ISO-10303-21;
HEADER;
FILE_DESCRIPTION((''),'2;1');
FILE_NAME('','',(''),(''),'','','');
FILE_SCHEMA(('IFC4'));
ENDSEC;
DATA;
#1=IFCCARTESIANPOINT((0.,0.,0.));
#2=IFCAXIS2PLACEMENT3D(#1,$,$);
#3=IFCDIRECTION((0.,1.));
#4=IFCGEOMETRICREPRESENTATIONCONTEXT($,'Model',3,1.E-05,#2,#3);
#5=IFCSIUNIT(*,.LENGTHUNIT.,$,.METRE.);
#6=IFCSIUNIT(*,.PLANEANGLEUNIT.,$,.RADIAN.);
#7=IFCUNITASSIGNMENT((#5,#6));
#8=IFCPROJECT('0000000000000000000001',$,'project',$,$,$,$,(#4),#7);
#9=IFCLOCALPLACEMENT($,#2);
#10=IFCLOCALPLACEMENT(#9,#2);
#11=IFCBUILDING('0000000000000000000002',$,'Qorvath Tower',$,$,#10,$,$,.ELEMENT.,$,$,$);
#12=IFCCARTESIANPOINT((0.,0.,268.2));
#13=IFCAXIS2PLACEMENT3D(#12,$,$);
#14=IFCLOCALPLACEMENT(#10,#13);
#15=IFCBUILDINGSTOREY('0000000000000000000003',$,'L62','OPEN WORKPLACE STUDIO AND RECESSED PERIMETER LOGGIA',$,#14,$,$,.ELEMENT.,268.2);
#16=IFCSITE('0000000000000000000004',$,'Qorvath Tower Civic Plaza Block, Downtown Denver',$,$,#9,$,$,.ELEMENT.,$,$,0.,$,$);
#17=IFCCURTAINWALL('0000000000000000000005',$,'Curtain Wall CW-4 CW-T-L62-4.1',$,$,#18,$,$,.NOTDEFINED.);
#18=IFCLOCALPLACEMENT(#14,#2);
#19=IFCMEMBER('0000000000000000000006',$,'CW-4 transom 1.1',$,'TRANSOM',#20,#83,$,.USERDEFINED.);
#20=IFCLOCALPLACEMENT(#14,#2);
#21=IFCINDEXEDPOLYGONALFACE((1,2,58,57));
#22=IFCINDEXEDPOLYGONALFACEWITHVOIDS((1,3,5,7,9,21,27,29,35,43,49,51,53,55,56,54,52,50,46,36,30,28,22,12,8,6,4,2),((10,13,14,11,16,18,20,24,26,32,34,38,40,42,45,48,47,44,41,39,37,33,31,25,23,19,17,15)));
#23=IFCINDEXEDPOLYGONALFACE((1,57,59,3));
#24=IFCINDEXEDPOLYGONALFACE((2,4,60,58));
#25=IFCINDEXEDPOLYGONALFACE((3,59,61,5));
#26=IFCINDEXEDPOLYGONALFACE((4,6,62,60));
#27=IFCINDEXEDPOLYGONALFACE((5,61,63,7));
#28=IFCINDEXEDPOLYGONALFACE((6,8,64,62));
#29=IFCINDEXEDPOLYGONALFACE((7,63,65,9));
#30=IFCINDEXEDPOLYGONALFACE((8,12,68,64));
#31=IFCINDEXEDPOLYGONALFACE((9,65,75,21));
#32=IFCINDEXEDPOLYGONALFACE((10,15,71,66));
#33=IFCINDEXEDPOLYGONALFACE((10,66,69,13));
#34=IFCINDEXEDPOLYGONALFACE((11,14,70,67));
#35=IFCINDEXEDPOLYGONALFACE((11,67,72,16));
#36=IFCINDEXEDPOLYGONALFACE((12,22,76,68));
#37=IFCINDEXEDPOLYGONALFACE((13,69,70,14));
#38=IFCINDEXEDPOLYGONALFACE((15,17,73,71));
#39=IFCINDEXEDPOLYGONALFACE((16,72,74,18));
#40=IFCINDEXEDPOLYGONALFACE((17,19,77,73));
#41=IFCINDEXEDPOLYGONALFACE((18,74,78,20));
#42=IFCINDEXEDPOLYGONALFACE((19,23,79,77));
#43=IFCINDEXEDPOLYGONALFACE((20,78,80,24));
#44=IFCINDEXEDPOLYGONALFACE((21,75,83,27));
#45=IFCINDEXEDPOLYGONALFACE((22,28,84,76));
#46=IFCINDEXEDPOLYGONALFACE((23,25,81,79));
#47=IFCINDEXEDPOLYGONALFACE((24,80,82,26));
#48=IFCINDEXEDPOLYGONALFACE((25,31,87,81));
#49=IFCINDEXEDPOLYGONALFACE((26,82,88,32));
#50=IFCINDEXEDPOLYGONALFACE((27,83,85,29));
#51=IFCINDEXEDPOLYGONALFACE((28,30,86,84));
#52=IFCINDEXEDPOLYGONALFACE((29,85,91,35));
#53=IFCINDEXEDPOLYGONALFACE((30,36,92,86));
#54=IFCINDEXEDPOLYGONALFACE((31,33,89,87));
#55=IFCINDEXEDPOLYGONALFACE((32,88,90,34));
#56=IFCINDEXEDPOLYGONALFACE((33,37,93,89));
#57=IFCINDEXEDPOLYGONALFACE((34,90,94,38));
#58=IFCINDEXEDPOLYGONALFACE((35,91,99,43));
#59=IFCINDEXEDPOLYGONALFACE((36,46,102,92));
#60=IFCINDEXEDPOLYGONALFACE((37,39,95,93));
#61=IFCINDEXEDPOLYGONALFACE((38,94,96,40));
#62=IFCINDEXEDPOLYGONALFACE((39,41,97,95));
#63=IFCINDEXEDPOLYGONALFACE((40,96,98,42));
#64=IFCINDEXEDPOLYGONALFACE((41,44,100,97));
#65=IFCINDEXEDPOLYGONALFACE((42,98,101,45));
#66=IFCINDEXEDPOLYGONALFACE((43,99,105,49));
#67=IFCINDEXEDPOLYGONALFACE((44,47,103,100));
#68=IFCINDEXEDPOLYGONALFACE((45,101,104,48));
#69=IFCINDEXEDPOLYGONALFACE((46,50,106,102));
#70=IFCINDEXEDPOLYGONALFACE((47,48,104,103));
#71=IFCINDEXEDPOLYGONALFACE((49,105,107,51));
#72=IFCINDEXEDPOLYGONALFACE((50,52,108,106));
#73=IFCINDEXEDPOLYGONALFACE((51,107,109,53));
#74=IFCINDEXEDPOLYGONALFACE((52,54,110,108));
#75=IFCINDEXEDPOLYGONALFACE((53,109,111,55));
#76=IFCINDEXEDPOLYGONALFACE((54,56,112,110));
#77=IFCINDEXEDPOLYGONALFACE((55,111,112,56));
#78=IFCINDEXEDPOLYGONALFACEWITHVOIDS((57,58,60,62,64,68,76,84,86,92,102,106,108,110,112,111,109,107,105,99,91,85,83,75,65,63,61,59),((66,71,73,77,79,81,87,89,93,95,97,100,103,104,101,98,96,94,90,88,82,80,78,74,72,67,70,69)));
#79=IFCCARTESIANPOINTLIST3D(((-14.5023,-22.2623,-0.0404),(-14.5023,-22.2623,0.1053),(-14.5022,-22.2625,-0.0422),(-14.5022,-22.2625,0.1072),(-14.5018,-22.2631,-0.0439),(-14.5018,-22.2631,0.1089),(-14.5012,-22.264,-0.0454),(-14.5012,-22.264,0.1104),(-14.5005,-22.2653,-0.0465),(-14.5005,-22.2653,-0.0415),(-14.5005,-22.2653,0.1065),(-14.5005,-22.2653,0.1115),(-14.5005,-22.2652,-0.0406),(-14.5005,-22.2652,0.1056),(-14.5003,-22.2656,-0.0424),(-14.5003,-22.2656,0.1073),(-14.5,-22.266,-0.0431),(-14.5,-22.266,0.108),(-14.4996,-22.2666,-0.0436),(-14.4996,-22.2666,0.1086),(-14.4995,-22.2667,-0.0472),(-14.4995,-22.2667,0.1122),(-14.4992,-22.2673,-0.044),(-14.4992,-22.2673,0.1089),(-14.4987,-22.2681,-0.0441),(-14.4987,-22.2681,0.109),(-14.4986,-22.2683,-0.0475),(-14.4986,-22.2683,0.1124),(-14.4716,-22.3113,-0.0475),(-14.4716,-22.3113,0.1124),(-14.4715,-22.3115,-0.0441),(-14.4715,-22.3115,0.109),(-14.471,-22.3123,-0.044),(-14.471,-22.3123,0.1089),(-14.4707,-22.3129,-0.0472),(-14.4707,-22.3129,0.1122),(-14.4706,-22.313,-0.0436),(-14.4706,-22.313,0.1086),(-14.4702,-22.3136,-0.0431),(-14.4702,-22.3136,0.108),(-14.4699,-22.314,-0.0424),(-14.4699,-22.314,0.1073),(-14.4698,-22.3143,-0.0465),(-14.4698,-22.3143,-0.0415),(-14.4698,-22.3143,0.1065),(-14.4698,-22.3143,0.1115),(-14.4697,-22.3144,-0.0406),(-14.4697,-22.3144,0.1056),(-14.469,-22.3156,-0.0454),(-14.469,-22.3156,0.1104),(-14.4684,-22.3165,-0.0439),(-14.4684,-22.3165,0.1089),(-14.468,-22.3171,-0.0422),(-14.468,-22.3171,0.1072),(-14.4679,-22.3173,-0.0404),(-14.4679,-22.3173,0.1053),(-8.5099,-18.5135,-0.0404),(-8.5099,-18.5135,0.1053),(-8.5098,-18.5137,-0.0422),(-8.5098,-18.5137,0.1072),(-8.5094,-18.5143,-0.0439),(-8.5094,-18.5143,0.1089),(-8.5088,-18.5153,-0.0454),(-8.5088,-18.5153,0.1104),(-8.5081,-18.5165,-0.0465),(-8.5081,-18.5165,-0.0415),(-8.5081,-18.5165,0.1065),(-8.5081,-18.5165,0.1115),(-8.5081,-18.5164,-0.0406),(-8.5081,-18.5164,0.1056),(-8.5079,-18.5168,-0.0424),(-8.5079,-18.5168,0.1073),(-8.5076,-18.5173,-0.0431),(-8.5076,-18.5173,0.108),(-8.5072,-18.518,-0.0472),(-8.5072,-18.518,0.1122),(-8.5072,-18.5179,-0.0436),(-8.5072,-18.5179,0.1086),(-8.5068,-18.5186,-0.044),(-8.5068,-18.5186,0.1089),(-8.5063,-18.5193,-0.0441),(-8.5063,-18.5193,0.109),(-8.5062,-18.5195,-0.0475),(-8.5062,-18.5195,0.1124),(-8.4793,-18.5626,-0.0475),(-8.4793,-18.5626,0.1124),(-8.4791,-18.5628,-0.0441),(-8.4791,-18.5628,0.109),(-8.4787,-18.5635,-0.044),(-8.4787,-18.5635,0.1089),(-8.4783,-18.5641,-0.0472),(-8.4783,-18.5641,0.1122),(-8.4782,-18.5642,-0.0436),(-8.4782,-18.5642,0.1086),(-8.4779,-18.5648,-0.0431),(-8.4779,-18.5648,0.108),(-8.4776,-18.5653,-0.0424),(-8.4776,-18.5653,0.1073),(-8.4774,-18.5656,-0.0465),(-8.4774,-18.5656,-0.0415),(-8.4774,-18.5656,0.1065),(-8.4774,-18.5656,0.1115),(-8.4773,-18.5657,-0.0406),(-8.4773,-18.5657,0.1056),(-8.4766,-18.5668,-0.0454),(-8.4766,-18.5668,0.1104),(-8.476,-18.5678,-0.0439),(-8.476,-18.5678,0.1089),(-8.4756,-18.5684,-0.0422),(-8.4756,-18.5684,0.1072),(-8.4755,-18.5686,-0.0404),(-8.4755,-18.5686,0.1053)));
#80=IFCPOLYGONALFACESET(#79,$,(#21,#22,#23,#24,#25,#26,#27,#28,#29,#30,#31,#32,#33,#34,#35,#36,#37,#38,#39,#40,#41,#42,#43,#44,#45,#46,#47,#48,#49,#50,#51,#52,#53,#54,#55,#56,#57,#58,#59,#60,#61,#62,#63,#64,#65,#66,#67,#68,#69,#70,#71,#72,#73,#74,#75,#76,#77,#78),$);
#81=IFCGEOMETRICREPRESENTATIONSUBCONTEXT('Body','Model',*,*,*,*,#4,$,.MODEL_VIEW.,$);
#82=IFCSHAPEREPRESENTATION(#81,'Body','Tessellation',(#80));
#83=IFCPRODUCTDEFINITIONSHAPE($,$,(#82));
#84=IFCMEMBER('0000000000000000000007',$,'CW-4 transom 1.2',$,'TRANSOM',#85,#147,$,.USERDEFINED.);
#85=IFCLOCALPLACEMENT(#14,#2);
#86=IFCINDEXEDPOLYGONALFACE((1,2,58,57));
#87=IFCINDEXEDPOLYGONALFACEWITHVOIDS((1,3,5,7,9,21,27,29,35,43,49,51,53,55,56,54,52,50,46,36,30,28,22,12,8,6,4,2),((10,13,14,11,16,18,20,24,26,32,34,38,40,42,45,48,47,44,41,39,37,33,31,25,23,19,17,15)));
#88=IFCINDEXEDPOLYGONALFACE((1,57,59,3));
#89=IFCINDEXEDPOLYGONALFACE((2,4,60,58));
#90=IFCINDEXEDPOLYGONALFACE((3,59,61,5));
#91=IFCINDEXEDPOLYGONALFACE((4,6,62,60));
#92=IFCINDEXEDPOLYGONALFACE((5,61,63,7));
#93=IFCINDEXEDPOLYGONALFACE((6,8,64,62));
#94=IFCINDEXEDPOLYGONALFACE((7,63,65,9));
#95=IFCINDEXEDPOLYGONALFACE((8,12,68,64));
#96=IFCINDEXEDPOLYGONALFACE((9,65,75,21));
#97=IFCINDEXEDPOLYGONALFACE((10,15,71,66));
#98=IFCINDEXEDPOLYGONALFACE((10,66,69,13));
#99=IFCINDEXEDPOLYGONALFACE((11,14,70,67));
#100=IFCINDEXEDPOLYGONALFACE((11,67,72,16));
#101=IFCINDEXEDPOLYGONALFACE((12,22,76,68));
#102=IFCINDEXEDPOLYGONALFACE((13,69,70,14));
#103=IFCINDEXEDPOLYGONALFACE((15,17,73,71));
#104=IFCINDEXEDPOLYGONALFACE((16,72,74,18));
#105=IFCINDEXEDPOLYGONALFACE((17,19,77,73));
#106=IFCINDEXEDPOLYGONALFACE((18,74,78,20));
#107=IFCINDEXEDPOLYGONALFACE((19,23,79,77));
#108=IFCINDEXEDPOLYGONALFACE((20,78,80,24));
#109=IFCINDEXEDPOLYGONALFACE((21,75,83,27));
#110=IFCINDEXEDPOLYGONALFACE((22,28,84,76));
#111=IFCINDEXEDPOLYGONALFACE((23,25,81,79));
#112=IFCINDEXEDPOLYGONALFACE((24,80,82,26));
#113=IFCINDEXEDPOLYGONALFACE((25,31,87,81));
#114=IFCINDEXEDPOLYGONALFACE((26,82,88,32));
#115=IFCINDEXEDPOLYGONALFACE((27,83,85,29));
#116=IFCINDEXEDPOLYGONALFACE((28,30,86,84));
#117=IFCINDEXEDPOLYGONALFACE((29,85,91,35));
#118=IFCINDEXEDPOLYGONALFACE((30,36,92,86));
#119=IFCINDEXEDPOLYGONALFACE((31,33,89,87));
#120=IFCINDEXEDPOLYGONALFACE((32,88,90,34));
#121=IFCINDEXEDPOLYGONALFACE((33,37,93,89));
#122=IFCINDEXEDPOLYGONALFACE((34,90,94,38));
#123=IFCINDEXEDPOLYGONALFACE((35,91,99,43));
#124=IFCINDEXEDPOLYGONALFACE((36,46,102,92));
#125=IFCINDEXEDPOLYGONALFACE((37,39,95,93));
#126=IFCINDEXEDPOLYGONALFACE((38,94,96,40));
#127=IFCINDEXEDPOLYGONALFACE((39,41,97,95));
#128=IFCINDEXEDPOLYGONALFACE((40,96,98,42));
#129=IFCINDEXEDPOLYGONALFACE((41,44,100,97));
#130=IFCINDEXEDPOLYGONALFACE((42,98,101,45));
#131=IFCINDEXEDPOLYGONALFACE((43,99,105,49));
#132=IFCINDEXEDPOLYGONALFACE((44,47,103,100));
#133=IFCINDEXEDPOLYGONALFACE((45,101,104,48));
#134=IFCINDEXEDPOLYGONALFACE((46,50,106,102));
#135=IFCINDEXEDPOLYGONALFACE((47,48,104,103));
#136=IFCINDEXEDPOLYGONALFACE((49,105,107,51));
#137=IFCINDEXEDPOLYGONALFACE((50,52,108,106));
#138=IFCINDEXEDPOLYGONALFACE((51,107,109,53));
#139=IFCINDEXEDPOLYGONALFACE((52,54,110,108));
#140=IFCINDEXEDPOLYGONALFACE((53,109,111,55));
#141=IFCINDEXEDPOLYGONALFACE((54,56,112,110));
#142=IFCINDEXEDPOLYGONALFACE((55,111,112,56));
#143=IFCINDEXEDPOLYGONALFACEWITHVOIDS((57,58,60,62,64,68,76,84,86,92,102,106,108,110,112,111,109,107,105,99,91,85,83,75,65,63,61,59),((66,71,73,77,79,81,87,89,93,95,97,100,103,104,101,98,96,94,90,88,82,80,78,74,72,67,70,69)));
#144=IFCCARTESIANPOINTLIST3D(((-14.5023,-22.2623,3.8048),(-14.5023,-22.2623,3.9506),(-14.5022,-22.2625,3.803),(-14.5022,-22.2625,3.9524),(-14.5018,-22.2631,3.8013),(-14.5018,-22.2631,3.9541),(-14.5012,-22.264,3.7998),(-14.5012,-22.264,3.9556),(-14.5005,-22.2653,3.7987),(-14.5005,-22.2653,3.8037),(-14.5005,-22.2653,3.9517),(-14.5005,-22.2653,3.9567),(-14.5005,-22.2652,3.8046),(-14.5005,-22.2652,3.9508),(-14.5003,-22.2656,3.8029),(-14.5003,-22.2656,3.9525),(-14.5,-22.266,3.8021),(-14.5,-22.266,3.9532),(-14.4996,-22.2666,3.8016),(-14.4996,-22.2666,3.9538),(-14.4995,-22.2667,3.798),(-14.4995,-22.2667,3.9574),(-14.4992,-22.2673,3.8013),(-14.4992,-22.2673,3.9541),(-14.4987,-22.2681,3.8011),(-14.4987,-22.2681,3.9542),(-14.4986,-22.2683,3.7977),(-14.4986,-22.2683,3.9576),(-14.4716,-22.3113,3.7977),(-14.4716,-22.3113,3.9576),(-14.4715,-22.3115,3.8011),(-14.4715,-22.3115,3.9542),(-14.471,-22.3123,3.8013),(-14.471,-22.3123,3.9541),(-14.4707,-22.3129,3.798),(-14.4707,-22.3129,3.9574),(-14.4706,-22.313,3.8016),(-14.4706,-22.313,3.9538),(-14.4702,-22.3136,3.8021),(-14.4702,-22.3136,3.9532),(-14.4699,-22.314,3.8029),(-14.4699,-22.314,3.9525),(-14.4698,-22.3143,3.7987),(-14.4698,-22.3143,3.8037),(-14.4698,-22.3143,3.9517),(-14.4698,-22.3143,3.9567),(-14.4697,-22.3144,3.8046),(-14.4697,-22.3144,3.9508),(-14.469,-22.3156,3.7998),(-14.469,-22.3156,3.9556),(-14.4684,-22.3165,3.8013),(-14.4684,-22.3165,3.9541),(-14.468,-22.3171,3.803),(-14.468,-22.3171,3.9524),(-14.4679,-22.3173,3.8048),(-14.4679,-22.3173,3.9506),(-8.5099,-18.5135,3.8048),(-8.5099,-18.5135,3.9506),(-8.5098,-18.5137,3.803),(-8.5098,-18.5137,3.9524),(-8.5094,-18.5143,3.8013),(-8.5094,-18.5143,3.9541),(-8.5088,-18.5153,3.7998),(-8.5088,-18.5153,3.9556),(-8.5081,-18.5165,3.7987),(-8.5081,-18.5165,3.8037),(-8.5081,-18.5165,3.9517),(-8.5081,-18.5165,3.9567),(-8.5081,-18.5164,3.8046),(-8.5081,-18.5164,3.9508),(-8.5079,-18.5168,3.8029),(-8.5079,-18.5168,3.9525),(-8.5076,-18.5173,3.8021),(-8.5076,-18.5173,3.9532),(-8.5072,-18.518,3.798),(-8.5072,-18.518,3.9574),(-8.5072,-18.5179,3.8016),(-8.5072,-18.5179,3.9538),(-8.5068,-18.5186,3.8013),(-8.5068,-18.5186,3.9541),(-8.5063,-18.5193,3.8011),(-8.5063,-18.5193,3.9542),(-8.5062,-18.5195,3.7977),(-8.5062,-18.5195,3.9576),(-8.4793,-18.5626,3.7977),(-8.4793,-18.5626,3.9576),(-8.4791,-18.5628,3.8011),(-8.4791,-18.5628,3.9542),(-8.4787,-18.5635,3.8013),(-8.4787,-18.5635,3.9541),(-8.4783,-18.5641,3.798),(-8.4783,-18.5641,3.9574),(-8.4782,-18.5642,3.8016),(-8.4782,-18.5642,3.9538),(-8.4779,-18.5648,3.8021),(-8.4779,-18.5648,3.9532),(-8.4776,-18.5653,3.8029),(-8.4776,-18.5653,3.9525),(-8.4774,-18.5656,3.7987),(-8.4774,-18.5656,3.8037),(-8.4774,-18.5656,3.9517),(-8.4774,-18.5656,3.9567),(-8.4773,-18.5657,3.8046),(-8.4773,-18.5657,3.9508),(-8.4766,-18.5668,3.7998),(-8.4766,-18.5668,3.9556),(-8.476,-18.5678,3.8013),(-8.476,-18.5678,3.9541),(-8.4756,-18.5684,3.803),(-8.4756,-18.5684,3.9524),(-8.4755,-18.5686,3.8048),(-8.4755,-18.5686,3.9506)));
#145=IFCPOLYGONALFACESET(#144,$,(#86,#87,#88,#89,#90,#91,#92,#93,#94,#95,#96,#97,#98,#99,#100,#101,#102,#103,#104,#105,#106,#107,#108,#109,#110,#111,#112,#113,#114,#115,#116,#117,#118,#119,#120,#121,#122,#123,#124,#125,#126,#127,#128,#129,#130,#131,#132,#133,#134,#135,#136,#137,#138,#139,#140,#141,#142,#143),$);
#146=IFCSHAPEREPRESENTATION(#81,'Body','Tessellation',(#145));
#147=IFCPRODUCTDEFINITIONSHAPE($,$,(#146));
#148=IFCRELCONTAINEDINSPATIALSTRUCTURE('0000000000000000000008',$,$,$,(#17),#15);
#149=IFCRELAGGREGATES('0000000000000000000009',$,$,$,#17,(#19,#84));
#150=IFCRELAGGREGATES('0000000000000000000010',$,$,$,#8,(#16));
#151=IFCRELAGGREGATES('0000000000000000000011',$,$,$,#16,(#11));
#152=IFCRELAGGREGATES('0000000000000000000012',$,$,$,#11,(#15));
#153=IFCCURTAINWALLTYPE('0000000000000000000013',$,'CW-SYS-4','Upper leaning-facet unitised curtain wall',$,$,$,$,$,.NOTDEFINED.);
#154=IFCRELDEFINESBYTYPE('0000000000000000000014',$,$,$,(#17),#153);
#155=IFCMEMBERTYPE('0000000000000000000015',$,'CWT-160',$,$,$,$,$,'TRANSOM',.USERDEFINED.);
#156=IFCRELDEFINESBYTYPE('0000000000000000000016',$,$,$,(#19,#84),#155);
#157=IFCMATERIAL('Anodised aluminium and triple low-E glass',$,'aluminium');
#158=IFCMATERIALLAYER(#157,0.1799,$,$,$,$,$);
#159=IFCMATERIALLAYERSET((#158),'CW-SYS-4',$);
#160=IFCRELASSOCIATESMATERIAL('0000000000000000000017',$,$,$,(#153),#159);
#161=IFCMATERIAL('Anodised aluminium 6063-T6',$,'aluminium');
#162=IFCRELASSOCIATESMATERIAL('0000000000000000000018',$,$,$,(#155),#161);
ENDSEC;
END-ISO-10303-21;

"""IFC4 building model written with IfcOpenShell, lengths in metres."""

from ifc_helpers import new_model, si_unit, direction, frame, origin, origin_2d, place, context, subcontext, project, spatial, hollow_rectangle, extrude, material, layer, layer_set, material_profile, profile_set, type_object, element, aggregate, save


model = new_model("IFC4")

# Units and contexts
model_context = context("Model", 3, precision=1e-05, world=origin(), true_north=direction((0.0, 1.0)))
body_context = subcontext(model_context, "Body", "Model", "MODEL_VIEW")
ifc_project = project(units=[si_unit("LENGTHUNIT", "METRE"), si_unit("PLANEANGLEUNIT", "RADIAN")], contexts=[model_context])

# Site, building, storey
site_placement = place(None, origin())
site = spatial("IfcSite", under=ifc_project, at=site_placement, Name="Qorvath Tower Civic Plaza Block, Downtown Denver", CompositionType="ELEMENT", RefElevation=0.0)
building_placement = place(site_placement, origin())
building = spatial("IfcBuilding", under=site, at=building_placement, Name="Qorvath Tower", CompositionType="ELEMENT")
storey_placement = place(building_placement, frame((0.0, 0.0, 268.2)))
storey = spatial("IfcBuildingStorey", under=building, at=storey_placement, Name="L62", Description="OPEN WORKPLACE STUDIO AND RECESSED PERIMETER LOGGIA", CompositionType="ELEMENT", Elevation=268.2)

# Shared definitions
ifc_material_1 = material(Name="Anodised aluminium and triple low-E glass", Category="aluminium")
ifc_layer_1 = layer(ifc_material_1, 0.1799)
ifc_layer_set_1 = layer_set([ifc_layer_1], Name="CW-SYS-4")
curtain_wall_type = type_object("IfcCurtainWallType", Name="CW-SYS-4", Description="Upper leaning-facet unitised curtain wall", PredefinedType="NOTDEFINED", material=ifc_layer_set_1)

# Curtain wall
curtain_wall_1_placement = place(storey_placement, origin())
curtain_wall_1 = element("IfcCurtainWall", 1, at=curtain_wall_1_placement, inside=storey, type_object=curtain_wall_type, Name="Curtain Wall CW-4 CW-T-L62-4.1", PredefinedType="NOTDEFINED")

# Members
ifc_material_2 = material(Name="Anodised aluminium 6063-T6", Category="aluminium")
ifc_material_profile_1 = material_profile(ifc_material_2, hollow_rectangle(XDim=0.0649, YDim=0.1599, WallThickness=0.0034, InnerFilletRadius=0.0034, OuterFilletRadius=0.0071, at=origin_2d()), Name="CWT 160x65")
ifc_profile_set_1 = profile_set([ifc_material_profile_1], Name="Anodised aluminium 6063-T6")
member_type_1 = type_object("IfcMemberType", Name="CWT-160", ElementType="TRANSOM", PredefinedType="USERDEFINED", material=ifc_profile_set_1)
member_1_placement = place(storey_placement, frame((-14.4851, -22.2898, 0.0325), z_axis=(0.847775, 0.530356, 0.0), x_axis=(-0.530356, 0.847775, 0.0)))
member_1 = element("IfcMember", 2, at=member_1_placement, type_object=member_type_1, Name="CW-4 transom 1.1", ObjectType="TRANSOM", PredefinedType="USERDEFINED", context=body_context, shape_type="SweptSolid", body=[
    extrude(hollow_rectangle(XDim=0.0649, YDim=0.1599, WallThickness=0.0034, InnerFilletRadius=0.0034, OuterFilletRadius=0.0071, at=origin_2d()), origin(), (0.0, 0.0, 1.0), 7.0684),
])
member_2_placement = place(storey_placement, frame((-14.4851, -22.2898, 3.8777), z_axis=(0.847775, 0.530356, 0.0), x_axis=(-0.530356, 0.847775, 0.0)))
member_2 = element("IfcMember", 3, at=member_2_placement, type_object=member_type_1, Name="CW-4 transom 1.2", ObjectType="TRANSOM", PredefinedType="USERDEFINED", context=body_context, shape_type="SweptSolid", body=[
    extrude(hollow_rectangle(XDim=0.0649, YDim=0.1599, WallThickness=0.0034, InnerFilletRadius=0.0034, OuterFilletRadius=0.0071, at=origin_2d()), origin(), (0.0, 0.0, 1.0), 7.0684),
])

aggregate(curtain_wall_1, [member_1, member_2])

save(model, "model.ifc")
